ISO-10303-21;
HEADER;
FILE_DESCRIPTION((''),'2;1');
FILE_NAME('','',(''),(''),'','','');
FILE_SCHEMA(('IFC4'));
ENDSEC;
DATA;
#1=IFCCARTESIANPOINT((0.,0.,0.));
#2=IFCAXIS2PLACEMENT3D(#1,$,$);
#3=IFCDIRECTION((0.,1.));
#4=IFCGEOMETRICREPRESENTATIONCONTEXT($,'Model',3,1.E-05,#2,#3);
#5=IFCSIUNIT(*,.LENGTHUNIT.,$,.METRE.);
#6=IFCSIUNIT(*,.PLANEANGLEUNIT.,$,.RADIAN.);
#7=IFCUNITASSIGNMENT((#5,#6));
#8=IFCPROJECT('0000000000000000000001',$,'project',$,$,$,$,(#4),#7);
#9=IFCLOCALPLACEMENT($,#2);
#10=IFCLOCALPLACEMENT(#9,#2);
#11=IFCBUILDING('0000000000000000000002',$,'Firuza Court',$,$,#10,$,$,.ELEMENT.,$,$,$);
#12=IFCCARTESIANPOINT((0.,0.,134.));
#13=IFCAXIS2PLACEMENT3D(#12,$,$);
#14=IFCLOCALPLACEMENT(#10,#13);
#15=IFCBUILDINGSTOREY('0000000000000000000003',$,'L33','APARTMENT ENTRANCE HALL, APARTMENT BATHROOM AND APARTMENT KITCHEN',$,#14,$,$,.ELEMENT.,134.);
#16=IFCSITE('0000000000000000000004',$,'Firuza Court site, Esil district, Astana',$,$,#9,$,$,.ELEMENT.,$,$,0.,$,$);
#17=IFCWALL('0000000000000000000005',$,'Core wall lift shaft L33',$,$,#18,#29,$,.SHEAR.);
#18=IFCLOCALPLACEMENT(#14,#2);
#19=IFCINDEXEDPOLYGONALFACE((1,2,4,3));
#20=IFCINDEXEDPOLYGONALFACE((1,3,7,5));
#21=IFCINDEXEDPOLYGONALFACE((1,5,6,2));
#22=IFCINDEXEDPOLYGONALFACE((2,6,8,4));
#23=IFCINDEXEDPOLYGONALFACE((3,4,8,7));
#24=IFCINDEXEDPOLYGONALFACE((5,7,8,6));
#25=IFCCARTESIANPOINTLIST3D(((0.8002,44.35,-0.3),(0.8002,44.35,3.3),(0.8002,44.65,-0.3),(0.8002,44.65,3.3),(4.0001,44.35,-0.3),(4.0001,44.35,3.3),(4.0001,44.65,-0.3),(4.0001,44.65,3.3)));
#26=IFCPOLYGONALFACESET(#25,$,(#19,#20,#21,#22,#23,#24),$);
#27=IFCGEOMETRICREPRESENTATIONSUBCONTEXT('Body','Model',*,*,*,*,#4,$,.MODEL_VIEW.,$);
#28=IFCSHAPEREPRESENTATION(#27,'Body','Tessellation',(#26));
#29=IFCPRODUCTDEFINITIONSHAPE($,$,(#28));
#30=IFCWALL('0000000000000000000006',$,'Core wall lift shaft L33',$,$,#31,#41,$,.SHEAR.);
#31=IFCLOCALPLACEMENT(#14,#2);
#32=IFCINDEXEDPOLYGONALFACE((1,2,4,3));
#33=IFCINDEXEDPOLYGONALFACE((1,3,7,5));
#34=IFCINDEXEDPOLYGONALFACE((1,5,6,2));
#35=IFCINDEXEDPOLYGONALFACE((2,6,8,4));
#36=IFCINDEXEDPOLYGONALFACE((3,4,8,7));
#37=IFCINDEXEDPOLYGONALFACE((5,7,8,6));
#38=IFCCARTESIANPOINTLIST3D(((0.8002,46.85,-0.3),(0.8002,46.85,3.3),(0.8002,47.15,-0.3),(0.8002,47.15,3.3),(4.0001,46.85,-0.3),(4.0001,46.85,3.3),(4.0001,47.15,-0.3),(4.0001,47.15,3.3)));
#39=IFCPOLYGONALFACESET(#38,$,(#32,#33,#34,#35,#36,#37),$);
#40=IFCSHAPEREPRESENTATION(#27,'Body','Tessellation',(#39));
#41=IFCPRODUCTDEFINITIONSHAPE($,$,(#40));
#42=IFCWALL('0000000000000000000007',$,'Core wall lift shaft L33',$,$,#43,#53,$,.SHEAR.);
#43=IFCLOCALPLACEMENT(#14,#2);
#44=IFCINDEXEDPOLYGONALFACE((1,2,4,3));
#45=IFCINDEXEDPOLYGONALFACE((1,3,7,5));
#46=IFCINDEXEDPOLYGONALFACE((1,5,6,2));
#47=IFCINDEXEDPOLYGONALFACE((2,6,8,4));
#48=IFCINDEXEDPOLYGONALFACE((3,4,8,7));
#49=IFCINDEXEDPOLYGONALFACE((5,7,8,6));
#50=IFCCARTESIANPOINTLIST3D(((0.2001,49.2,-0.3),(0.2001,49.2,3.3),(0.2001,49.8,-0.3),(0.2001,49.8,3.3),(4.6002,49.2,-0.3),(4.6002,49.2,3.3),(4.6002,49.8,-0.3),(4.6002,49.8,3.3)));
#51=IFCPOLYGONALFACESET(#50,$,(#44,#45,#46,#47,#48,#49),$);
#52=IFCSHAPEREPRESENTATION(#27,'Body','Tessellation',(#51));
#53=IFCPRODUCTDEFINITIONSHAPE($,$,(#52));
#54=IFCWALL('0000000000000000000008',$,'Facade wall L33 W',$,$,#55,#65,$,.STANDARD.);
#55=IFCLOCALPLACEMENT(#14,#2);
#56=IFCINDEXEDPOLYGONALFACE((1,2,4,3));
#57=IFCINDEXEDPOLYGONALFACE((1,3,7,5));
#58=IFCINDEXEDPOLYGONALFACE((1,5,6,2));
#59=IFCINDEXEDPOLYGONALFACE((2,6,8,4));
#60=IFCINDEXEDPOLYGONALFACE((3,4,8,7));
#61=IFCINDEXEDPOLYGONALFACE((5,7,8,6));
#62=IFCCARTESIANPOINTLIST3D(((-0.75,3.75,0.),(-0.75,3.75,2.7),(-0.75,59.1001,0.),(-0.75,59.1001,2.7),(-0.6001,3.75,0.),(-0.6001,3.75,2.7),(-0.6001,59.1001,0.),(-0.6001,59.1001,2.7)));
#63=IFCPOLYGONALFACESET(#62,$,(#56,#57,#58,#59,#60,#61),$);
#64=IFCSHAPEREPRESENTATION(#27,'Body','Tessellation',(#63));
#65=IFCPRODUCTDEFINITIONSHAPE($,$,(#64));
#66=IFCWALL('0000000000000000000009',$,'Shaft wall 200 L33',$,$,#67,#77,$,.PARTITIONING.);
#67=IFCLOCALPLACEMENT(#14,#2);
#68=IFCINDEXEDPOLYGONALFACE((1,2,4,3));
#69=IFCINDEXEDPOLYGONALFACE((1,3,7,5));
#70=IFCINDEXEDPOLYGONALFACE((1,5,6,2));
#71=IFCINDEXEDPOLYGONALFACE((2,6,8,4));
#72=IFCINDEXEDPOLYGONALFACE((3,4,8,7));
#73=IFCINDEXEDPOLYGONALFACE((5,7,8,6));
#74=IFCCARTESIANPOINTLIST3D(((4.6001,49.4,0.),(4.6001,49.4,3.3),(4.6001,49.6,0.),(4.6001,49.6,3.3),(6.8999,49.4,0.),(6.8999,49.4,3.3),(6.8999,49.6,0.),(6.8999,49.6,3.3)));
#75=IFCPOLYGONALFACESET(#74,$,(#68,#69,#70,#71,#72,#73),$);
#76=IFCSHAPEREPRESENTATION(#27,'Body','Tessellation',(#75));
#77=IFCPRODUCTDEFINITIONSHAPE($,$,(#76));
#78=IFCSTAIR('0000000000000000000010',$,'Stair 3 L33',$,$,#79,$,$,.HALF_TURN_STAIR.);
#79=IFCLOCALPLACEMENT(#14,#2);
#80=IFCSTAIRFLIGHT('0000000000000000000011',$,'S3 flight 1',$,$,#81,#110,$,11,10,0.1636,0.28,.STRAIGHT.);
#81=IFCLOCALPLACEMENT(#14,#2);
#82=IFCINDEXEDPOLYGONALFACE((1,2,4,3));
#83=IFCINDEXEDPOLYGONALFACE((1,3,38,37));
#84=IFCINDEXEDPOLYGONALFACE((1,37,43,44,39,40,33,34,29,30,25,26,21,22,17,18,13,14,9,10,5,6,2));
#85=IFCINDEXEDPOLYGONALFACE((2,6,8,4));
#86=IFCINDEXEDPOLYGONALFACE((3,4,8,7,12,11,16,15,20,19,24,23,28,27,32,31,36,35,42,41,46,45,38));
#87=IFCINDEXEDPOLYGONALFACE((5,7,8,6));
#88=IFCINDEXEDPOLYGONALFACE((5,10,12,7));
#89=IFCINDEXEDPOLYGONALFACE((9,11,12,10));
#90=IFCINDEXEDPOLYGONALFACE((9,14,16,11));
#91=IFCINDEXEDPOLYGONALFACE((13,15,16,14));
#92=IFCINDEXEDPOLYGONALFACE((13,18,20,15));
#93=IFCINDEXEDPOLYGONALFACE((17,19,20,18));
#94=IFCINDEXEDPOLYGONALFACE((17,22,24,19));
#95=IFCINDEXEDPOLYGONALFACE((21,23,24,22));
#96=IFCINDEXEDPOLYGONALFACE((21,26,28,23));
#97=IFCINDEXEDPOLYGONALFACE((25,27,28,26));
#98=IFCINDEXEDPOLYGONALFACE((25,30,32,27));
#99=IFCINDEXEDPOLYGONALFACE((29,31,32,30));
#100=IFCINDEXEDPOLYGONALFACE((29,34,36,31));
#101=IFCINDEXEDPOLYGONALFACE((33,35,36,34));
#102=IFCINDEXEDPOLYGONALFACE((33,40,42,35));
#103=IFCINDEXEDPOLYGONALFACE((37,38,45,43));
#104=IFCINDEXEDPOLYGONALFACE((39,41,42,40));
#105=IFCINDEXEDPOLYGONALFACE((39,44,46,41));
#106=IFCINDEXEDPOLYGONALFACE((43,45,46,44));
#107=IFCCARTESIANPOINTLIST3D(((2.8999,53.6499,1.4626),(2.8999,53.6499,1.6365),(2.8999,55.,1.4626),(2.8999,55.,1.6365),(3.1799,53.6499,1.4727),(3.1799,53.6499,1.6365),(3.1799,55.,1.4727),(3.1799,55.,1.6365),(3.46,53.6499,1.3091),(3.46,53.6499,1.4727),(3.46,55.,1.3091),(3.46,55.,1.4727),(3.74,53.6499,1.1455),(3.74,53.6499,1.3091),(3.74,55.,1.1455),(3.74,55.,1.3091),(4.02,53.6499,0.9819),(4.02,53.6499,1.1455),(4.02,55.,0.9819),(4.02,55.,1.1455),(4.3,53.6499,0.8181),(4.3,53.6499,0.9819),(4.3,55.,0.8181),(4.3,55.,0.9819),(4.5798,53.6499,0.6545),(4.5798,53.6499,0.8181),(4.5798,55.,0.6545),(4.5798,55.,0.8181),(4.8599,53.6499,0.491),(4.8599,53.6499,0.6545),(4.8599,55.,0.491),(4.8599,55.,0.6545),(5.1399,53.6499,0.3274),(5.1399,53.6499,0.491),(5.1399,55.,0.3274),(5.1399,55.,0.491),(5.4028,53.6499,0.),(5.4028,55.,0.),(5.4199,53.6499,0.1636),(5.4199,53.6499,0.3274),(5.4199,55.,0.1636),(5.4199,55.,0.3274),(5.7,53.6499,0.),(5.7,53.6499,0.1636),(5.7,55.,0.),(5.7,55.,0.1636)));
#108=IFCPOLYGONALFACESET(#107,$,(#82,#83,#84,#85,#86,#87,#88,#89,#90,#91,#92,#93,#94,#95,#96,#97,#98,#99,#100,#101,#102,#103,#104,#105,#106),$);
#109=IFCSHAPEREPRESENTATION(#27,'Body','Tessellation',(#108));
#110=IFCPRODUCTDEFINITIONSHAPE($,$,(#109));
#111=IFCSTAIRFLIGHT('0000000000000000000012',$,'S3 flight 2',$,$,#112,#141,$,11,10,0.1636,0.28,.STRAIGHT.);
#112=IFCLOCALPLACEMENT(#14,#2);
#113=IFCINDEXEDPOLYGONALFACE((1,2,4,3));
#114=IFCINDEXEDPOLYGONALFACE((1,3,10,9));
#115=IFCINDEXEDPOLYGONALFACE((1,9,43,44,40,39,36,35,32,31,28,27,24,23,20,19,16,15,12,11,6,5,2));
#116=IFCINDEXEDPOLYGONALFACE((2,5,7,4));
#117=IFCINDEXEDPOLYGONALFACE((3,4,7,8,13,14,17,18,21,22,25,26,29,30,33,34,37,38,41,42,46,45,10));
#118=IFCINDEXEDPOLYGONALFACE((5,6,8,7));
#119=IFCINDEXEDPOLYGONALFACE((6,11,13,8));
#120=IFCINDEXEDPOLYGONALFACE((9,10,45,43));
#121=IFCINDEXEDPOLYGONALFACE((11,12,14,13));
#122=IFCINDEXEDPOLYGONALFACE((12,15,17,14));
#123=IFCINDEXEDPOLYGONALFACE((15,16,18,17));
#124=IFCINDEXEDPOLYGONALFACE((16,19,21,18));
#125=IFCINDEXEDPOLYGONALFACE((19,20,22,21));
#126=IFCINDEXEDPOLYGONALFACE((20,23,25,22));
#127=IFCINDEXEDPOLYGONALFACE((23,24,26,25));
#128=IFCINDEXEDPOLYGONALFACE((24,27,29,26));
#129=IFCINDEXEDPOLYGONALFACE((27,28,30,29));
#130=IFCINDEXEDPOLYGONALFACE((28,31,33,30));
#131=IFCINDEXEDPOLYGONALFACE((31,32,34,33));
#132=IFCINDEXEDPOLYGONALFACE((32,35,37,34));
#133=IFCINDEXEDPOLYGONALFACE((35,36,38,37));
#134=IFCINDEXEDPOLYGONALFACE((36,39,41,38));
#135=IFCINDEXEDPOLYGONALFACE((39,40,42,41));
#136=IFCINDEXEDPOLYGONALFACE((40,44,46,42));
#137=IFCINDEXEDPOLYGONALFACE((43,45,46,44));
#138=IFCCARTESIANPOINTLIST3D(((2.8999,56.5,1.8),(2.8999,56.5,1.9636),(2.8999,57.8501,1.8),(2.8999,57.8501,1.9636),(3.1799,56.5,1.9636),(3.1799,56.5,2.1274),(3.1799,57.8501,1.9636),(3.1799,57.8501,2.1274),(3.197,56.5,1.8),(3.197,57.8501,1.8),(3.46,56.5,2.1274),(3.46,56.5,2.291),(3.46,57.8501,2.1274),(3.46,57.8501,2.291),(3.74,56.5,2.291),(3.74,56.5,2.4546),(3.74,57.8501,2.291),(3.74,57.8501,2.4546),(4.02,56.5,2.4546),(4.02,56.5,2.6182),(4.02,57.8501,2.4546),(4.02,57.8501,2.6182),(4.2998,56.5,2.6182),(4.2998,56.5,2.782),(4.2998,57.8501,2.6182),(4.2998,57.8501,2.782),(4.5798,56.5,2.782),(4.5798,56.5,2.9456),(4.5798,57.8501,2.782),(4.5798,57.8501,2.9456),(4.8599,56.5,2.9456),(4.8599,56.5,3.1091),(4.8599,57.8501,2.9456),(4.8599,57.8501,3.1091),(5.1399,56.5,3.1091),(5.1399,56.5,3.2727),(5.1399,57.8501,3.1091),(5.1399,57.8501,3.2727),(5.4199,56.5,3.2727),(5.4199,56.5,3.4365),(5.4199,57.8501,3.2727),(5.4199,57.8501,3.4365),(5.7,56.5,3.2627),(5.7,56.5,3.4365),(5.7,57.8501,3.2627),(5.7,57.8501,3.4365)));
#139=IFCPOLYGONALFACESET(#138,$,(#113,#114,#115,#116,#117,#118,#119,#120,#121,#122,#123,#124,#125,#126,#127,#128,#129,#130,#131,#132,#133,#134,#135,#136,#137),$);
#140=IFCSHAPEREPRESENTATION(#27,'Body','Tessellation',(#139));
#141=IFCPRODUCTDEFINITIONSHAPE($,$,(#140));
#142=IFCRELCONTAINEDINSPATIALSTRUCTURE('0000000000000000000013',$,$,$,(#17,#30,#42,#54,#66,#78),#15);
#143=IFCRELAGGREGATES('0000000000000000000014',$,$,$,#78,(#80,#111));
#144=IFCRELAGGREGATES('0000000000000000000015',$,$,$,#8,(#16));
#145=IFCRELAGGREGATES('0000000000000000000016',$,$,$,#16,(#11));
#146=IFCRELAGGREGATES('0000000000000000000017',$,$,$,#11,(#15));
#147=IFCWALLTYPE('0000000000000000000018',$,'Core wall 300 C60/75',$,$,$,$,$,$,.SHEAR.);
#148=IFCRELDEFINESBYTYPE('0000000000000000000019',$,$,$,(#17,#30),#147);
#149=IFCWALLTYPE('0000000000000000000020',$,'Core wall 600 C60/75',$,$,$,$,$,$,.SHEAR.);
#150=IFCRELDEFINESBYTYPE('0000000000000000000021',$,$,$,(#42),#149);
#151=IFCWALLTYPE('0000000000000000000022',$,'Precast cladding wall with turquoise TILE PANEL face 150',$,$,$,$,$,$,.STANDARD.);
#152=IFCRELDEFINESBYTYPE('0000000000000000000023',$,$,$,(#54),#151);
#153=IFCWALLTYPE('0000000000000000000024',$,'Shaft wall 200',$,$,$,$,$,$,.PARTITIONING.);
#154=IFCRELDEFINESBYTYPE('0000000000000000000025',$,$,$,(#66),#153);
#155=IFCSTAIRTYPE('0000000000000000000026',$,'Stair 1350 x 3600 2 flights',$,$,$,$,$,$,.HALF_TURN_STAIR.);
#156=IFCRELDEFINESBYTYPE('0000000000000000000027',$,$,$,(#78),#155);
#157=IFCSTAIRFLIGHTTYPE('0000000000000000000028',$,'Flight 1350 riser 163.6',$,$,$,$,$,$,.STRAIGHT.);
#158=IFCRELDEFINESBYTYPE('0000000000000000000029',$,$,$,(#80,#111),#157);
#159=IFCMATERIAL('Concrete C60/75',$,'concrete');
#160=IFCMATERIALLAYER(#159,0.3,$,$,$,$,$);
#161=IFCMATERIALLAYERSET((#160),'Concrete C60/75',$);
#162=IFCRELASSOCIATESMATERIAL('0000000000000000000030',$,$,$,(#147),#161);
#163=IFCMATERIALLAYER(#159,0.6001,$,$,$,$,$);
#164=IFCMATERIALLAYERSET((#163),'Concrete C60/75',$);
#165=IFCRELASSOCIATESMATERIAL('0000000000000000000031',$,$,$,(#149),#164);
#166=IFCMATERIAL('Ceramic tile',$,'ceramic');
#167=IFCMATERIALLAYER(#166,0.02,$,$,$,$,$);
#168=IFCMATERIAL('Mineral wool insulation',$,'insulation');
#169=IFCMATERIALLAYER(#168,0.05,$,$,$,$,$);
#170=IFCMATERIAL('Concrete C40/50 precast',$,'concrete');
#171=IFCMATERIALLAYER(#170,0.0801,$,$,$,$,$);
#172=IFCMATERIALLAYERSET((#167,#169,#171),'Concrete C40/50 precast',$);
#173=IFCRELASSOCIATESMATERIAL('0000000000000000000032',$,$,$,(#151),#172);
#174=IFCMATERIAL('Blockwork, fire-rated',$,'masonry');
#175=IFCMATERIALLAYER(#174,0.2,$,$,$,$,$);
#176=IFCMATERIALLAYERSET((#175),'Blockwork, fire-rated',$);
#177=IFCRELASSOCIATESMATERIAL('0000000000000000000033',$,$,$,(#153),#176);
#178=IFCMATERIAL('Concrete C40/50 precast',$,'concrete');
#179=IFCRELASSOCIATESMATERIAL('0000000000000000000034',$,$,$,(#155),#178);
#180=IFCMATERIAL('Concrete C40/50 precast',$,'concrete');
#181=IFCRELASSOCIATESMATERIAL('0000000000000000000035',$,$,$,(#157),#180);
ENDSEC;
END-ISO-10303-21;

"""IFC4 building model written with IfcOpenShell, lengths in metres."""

from ifc_helpers import new_model, si_unit, direction, frame, frame_2d, origin, place, context, subcontext, project, spatial, polyline, rectangle, outline, extrude, material, layer, layer_set, type_object, element, aggregate, save


model = new_model("IFC4")

# Units and contexts
model_context = context("Model", 3, precision=1e-05, world=origin(), true_north=direction((0.0, 1.0)))
body_context = subcontext(model_context, "Body", "Model", "MODEL_VIEW")
ifc_project = project(units=[si_unit("LENGTHUNIT", "METRE"), si_unit("PLANEANGLEUNIT", "RADIAN")], contexts=[model_context])

# Site, building, storey
site_placement = place(None, origin())
site = spatial("IfcSite", under=ifc_project, at=site_placement, Name="Firuza Court site, Esil district, Astana", CompositionType="ELEMENT", RefElevation=0.0)
building_placement = place(site_placement, origin())
building = spatial("IfcBuilding", under=site, at=building_placement, Name="Firuza Court", CompositionType="ELEMENT")
storey_placement = place(building_placement, frame((0.0, 0.0, 134.0)))
storey = spatial("IfcBuildingStorey", under=building, at=storey_placement, Name="L33", Description="APARTMENT ENTRANCE HALL, APARTMENT BATHROOM AND APARTMENT KITCHEN", CompositionType="ELEMENT", Elevation=134.0)

# Shared definitions
ifc_material_1 = material(Name="Concrete C60/75", Category="concrete")
ifc_layer_1 = layer(ifc_material_1, 0.3)
ifc_layer_set_1 = layer_set([ifc_layer_1], Name="Concrete C60/75")
wall_type_1 = type_object("IfcWallType", Name="Core wall 300 C60/75", PredefinedType="SHEAR", material=ifc_layer_set_1)

# Walls
for number, where, z_axis, x_axis, name in (
    (1, (0.8, 44.5, -0.3), (0.0, 0.0, 1.0), (1.0, 0.0, 0.0), "Core wall lift shaft L33"),
    (2, (0.8, 47.0, -0.3), (0.0, 0.0, 1.0), (1.0, 0.0, 0.0), "Core wall lift shaft L33"),
):
    element("IfcWall", number, at=place(storey_placement, frame(where, z_axis=z_axis, x_axis=x_axis)), inside=storey, type_object=wall_type_1, Name=name, PredefinedType="SHEAR", context=body_context, shape_type="SweptSolid", body=[
        extrude(rectangle(XDim=3.2, YDim=0.3, at=frame_2d((1.6001, 0.0))), origin(), (0.0, 0.0, 1.0), 3.6001),
    ])
ifc_layer_2 = layer(ifc_material_1, 0.6001)
ifc_layer_set_2 = layer_set([ifc_layer_2], Name="Concrete C60/75")
wall_type_2 = type_object("IfcWallType", Name="Core wall 600 C60/75", PredefinedType="SHEAR", material=ifc_layer_set_2)
wall_1_placement = place(storey_placement, frame((0.2, 49.5, -0.3), z_axis=(0.0, 0.0, 1.0), x_axis=(1.0, 0.0, 0.0)))
element("IfcWall", 3, at=wall_1_placement, inside=storey, type_object=wall_type_2, Name="Core wall lift shaft L33", PredefinedType="SHEAR", context=body_context, shape_type="SweptSolid", body=[
    extrude(rectangle(XDim=4.4001, YDim=0.6001, at=frame_2d((2.2002, 0.0))), origin(), (0.0, 0.0, 1.0), 3.6001),
])
ifc_material_2 = material(Name="Ceramic tile", Category="ceramic")
ifc_layer_3 = layer(ifc_material_2, 0.02)
ifc_material_3 = material(Name="Mineral wool insulation", Category="insulation")
ifc_layer_4 = layer(ifc_material_3, 0.05)
ifc_material_4 = material(Name="Concrete C40/50 precast", Category="concrete")
ifc_layer_5 = layer(ifc_material_4, 0.0801)
ifc_layer_set_3 = layer_set([ifc_layer_3, ifc_layer_4, ifc_layer_5], Name="Concrete C40/50 precast")
wall_type_3 = type_object("IfcWallType", Name="Precast cladding wall with turquoise TILE PANEL face 150", PredefinedType="STANDARD", material=ifc_layer_set_3)
wall_2_placement = place(storey_placement, frame((-0.675, 59.1001, 0.0), z_axis=(0.0, 0.0, 1.0), x_axis=(0.0, -1.0, 0.0)))
element("IfcWall", 4, at=wall_2_placement, inside=storey, type_object=wall_type_3, Name="Facade wall L33 W", PredefinedType="STANDARD", context=body_context, shape_type="SweptSolid", body=[
    extrude(rectangle(XDim=55.3501, YDim=0.1499, at=frame_2d((27.675, 0.0))), origin(), (0.0, 0.0, 1.0), 2.7),
])
ifc_material_5 = material(Name="Blockwork, fire-rated", Category="masonry")
ifc_layer_6 = layer(ifc_material_5, 0.2)
ifc_layer_set_4 = layer_set([ifc_layer_6], Name="Blockwork, fire-rated")
wall_type_4 = type_object("IfcWallType", Name="Shaft wall 200", PredefinedType="PARTITIONING", material=ifc_layer_set_4)
wall_3_placement = place(storey_placement, frame((4.6001, 49.5, 0.0), z_axis=(0.0, 0.0, 1.0), x_axis=(1.0, 0.0, 0.0)))
element("IfcWall", 5, at=wall_3_placement, inside=storey, type_object=wall_type_4, Name="Shaft wall 200 L33", PredefinedType="PARTITIONING", context=body_context, shape_type="SweptSolid", body=[
    extrude(rectangle(XDim=2.2998, YDim=0.2, at=frame_2d((1.1499, 0.0))), origin(), (0.0, 0.0, 1.0), 3.3),
])

# Stair, stair flights
ifc_material_6 = material(Name="Concrete C40/50 precast", Category="concrete")
stair_type = type_object("IfcStairType", Name="Stair 1350 x 3600 2 flights", PredefinedType="HALF_TURN_STAIR", material=ifc_material_6)
stair_placement = place(storey_placement, origin())
stair = element("IfcStair", 6, at=stair_placement, inside=storey, type_object=stair_type, Name="Stair 3 L33", PredefinedType="HALF_TURN_STAIR")
ifc_material_7 = material(Name="Concrete C40/50 precast", Category="concrete")
stair_flight_type = type_object("IfcStairFlightType", Name="Flight 1350 riser 163.6", PredefinedType="STRAIGHT", material=ifc_material_7)
stair_flight_1_placement = place(storey_placement, frame((5.7, 54.325, 0.0), z_axis=(0.0, 0.0, 1.0), x_axis=(-1.0, 0.0, 0.0)))
stair_flight_1 = element("IfcStairFlight", 7, at=stair_flight_1_placement, type_object=stair_flight_type, Name="S3 flight 1", NumberOfRisers=11, NumberOfTreads=10, PredefinedType="STRAIGHT", RiserHeight=0.1636, TreadLength=0.28, context=body_context, shape_type="SweptSolid", body=[
    extrude(outline(polyline([(0.0, 0.0), (0.0, 0.1636), (0.28, 0.1636), (0.28, 0.3274), (0.5601, 0.3274), (0.5601, 0.491), (0.8401, 0.491), (0.8401, 0.6545), (1.1201, 0.6545), (1.1201, 0.8181), (1.3999, 0.8181), (1.3999, 0.9819), (1.6799, 0.9819), (1.6799, 1.1455), (1.96, 1.1455), (1.96, 1.3091), (2.24, 1.3091), (2.24, 1.4727), (2.52, 1.4727), (2.52, 1.6365), (2.8, 1.6365), (2.8, 1.8), (2.8, 1.4626), (0.2971, 0.0), (0.0, 0.0)])), frame((0.0, 0.675, 0.0), z_axis=(0.0, -1.0, 0.0), x_axis=(1.0, 0.0, 0.0)), (0.0, 0.0, 1.0), 1.3501),
])
stair_flight_2_placement = place(storey_placement, frame((2.8999, 57.175, 1.8), z_axis=(0.0, 0.0, 1.0), x_axis=(1.0, 0.0, 0.0)))
stair_flight_2 = element("IfcStairFlight", 8, at=stair_flight_2_placement, type_object=stair_flight_type, Name="S3 flight 2", NumberOfRisers=11, NumberOfTreads=10, PredefinedType="STRAIGHT", RiserHeight=0.1636, TreadLength=0.28, context=body_context, shape_type="SweptSolid", body=[
    extrude(outline(polyline([(0.0, 0.0), (0.0, 0.1636), (0.28, 0.1636), (0.28, 0.3274), (0.5601, 0.3274), (0.5601, 0.491), (0.8401, 0.491), (0.8401, 0.6545), (1.1201, 0.6545), (1.1201, 0.8181), (1.3999, 0.8181), (1.3999, 0.9819), (1.6799, 0.9819), (1.6799, 1.1455), (1.96, 1.1455), (1.96, 1.3091), (2.24, 1.3091), (2.24, 1.4727), (2.52, 1.4727), (2.52, 1.6365), (2.8, 1.6365), (2.8, 1.8), (2.8, 1.4626), (0.2971, 0.0), (0.0, 0.0)])), frame((0.0, 0.675, 0.0), z_axis=(0.0, -1.0, 0.0), x_axis=(1.0, 0.0, 0.0)), (0.0, 0.0, 1.0), 1.3501),
])
aggregate(stair, [stair_flight_1, stair_flight_2])

save(model, "model.ifc")
